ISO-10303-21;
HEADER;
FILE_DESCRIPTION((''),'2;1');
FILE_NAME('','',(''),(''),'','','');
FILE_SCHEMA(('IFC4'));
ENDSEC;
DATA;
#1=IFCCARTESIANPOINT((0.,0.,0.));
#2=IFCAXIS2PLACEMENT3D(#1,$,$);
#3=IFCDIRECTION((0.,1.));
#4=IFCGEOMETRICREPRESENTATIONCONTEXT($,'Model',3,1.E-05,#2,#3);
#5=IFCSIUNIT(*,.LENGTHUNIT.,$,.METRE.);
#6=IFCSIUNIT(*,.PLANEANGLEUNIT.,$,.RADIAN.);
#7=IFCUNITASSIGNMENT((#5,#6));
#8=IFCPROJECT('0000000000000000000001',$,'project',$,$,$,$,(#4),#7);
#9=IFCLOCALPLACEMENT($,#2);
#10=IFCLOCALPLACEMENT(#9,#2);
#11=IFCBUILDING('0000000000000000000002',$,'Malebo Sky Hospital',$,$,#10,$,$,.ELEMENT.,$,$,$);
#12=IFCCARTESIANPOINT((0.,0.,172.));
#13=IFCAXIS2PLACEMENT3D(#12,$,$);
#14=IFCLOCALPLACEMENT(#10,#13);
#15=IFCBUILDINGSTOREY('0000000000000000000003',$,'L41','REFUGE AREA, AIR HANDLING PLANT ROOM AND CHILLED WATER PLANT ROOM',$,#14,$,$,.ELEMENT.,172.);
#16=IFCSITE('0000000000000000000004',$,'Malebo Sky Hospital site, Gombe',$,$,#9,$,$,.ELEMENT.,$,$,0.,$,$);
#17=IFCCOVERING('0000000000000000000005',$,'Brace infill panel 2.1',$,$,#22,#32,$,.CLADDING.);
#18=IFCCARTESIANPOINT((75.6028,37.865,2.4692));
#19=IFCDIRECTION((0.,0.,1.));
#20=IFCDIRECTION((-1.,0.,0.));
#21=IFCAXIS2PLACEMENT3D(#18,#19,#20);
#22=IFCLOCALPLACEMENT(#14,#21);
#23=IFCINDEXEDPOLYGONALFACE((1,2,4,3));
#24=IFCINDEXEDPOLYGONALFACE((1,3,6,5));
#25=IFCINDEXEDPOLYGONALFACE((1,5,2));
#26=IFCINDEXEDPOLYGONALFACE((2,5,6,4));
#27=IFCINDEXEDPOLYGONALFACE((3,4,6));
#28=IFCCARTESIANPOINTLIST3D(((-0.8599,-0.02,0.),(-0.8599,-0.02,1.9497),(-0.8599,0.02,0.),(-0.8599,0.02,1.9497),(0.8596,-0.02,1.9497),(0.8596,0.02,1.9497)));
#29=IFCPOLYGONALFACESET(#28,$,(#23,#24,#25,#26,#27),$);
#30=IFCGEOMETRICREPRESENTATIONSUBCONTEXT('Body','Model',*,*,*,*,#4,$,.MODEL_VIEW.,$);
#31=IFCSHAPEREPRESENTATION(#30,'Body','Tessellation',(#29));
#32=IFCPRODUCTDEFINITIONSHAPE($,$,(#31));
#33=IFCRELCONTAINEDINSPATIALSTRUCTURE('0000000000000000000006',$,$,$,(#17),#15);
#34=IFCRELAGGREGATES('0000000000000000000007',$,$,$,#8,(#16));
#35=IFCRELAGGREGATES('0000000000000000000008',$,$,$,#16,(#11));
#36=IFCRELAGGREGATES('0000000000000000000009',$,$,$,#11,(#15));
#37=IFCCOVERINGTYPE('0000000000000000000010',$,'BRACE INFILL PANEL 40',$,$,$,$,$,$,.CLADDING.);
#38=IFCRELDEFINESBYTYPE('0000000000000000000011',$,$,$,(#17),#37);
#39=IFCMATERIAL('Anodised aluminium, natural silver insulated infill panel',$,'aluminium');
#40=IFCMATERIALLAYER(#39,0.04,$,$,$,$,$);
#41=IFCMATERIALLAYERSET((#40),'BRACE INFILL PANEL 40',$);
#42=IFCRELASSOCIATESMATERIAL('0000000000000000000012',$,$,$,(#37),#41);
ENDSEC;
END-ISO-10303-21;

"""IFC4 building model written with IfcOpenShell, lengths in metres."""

from ifc_helpers import new_model, si_unit, direction, frame, origin, place, context, subcontext, project, spatial, polyline, outline, extrude, material, layer, layer_set, type_object, element, save


model = new_model("IFC4")

# Units and contexts
model_context = context("Model", 3, precision=1e-05, world=origin(), true_north=direction((0.0, 1.0)))
body_context = subcontext(model_context, "Body", "Model", "MODEL_VIEW")
ifc_project = project(units=[si_unit("LENGTHUNIT", "METRE"), si_unit("PLANEANGLEUNIT", "RADIAN")], contexts=[model_context])

# Site, building, storey
site_placement = place(None, origin())
site = spatial("IfcSite", under=ifc_project, at=site_placement, Name="Malebo Sky Hospital site, Gombe", CompositionType="ELEMENT", RefElevation=0.0)
building_placement = place(site_placement, origin())
building = spatial("IfcBuilding", under=site, at=building_placement, Name="Malebo Sky Hospital", CompositionType="ELEMENT")
storey_placement = place(building_placement, frame((0.0, 0.0, 172.0)))
storey = spatial("IfcBuildingStorey", under=building, at=storey_placement, Name="L41", Description="REFUGE AREA, AIR HANDLING PLANT ROOM AND CHILLED WATER PLANT ROOM", CompositionType="ELEMENT", Elevation=172.0)

# Covering
ifc_material_1 = material(Name="Anodised aluminium, natural silver insulated infill panel", Category="aluminium")
ifc_layer_1 = layer(ifc_material_1, 0.04)
ifc_layer_set_1 = layer_set([ifc_layer_1], Name="BRACE INFILL PANEL 40")
covering_type = type_object("IfcCoveringType", Name="BRACE INFILL PANEL 40", PredefinedType="CLADDING", material=ifc_layer_set_1)
covering_1_placement = place(storey_placement, frame((75.6028, 37.865, 2.4692), z_axis=(0.0, 0.0, 1.0), x_axis=(-1.0, 0.0, 0.0)))
element("IfcCovering", 1, at=covering_1_placement, inside=storey, type_object=covering_type, Name="Brace infill panel 2.1", PredefinedType="CLADDING", context=body_context, shape_type="SweptSolid", body=[
    extrude(outline(polyline([(-0.8599, 0.0), (0.8596, 1.9497), (-0.8599, 1.9497), (-0.8599, 0.0)])), frame((0.0, 0.02, 0.0), z_axis=(0.0, -1.0, 0.0), x_axis=(1.0, 0.0, 0.0)), (0.0, 0.0, 1.0), 0.04),
])

save(model, "model.ifc")
